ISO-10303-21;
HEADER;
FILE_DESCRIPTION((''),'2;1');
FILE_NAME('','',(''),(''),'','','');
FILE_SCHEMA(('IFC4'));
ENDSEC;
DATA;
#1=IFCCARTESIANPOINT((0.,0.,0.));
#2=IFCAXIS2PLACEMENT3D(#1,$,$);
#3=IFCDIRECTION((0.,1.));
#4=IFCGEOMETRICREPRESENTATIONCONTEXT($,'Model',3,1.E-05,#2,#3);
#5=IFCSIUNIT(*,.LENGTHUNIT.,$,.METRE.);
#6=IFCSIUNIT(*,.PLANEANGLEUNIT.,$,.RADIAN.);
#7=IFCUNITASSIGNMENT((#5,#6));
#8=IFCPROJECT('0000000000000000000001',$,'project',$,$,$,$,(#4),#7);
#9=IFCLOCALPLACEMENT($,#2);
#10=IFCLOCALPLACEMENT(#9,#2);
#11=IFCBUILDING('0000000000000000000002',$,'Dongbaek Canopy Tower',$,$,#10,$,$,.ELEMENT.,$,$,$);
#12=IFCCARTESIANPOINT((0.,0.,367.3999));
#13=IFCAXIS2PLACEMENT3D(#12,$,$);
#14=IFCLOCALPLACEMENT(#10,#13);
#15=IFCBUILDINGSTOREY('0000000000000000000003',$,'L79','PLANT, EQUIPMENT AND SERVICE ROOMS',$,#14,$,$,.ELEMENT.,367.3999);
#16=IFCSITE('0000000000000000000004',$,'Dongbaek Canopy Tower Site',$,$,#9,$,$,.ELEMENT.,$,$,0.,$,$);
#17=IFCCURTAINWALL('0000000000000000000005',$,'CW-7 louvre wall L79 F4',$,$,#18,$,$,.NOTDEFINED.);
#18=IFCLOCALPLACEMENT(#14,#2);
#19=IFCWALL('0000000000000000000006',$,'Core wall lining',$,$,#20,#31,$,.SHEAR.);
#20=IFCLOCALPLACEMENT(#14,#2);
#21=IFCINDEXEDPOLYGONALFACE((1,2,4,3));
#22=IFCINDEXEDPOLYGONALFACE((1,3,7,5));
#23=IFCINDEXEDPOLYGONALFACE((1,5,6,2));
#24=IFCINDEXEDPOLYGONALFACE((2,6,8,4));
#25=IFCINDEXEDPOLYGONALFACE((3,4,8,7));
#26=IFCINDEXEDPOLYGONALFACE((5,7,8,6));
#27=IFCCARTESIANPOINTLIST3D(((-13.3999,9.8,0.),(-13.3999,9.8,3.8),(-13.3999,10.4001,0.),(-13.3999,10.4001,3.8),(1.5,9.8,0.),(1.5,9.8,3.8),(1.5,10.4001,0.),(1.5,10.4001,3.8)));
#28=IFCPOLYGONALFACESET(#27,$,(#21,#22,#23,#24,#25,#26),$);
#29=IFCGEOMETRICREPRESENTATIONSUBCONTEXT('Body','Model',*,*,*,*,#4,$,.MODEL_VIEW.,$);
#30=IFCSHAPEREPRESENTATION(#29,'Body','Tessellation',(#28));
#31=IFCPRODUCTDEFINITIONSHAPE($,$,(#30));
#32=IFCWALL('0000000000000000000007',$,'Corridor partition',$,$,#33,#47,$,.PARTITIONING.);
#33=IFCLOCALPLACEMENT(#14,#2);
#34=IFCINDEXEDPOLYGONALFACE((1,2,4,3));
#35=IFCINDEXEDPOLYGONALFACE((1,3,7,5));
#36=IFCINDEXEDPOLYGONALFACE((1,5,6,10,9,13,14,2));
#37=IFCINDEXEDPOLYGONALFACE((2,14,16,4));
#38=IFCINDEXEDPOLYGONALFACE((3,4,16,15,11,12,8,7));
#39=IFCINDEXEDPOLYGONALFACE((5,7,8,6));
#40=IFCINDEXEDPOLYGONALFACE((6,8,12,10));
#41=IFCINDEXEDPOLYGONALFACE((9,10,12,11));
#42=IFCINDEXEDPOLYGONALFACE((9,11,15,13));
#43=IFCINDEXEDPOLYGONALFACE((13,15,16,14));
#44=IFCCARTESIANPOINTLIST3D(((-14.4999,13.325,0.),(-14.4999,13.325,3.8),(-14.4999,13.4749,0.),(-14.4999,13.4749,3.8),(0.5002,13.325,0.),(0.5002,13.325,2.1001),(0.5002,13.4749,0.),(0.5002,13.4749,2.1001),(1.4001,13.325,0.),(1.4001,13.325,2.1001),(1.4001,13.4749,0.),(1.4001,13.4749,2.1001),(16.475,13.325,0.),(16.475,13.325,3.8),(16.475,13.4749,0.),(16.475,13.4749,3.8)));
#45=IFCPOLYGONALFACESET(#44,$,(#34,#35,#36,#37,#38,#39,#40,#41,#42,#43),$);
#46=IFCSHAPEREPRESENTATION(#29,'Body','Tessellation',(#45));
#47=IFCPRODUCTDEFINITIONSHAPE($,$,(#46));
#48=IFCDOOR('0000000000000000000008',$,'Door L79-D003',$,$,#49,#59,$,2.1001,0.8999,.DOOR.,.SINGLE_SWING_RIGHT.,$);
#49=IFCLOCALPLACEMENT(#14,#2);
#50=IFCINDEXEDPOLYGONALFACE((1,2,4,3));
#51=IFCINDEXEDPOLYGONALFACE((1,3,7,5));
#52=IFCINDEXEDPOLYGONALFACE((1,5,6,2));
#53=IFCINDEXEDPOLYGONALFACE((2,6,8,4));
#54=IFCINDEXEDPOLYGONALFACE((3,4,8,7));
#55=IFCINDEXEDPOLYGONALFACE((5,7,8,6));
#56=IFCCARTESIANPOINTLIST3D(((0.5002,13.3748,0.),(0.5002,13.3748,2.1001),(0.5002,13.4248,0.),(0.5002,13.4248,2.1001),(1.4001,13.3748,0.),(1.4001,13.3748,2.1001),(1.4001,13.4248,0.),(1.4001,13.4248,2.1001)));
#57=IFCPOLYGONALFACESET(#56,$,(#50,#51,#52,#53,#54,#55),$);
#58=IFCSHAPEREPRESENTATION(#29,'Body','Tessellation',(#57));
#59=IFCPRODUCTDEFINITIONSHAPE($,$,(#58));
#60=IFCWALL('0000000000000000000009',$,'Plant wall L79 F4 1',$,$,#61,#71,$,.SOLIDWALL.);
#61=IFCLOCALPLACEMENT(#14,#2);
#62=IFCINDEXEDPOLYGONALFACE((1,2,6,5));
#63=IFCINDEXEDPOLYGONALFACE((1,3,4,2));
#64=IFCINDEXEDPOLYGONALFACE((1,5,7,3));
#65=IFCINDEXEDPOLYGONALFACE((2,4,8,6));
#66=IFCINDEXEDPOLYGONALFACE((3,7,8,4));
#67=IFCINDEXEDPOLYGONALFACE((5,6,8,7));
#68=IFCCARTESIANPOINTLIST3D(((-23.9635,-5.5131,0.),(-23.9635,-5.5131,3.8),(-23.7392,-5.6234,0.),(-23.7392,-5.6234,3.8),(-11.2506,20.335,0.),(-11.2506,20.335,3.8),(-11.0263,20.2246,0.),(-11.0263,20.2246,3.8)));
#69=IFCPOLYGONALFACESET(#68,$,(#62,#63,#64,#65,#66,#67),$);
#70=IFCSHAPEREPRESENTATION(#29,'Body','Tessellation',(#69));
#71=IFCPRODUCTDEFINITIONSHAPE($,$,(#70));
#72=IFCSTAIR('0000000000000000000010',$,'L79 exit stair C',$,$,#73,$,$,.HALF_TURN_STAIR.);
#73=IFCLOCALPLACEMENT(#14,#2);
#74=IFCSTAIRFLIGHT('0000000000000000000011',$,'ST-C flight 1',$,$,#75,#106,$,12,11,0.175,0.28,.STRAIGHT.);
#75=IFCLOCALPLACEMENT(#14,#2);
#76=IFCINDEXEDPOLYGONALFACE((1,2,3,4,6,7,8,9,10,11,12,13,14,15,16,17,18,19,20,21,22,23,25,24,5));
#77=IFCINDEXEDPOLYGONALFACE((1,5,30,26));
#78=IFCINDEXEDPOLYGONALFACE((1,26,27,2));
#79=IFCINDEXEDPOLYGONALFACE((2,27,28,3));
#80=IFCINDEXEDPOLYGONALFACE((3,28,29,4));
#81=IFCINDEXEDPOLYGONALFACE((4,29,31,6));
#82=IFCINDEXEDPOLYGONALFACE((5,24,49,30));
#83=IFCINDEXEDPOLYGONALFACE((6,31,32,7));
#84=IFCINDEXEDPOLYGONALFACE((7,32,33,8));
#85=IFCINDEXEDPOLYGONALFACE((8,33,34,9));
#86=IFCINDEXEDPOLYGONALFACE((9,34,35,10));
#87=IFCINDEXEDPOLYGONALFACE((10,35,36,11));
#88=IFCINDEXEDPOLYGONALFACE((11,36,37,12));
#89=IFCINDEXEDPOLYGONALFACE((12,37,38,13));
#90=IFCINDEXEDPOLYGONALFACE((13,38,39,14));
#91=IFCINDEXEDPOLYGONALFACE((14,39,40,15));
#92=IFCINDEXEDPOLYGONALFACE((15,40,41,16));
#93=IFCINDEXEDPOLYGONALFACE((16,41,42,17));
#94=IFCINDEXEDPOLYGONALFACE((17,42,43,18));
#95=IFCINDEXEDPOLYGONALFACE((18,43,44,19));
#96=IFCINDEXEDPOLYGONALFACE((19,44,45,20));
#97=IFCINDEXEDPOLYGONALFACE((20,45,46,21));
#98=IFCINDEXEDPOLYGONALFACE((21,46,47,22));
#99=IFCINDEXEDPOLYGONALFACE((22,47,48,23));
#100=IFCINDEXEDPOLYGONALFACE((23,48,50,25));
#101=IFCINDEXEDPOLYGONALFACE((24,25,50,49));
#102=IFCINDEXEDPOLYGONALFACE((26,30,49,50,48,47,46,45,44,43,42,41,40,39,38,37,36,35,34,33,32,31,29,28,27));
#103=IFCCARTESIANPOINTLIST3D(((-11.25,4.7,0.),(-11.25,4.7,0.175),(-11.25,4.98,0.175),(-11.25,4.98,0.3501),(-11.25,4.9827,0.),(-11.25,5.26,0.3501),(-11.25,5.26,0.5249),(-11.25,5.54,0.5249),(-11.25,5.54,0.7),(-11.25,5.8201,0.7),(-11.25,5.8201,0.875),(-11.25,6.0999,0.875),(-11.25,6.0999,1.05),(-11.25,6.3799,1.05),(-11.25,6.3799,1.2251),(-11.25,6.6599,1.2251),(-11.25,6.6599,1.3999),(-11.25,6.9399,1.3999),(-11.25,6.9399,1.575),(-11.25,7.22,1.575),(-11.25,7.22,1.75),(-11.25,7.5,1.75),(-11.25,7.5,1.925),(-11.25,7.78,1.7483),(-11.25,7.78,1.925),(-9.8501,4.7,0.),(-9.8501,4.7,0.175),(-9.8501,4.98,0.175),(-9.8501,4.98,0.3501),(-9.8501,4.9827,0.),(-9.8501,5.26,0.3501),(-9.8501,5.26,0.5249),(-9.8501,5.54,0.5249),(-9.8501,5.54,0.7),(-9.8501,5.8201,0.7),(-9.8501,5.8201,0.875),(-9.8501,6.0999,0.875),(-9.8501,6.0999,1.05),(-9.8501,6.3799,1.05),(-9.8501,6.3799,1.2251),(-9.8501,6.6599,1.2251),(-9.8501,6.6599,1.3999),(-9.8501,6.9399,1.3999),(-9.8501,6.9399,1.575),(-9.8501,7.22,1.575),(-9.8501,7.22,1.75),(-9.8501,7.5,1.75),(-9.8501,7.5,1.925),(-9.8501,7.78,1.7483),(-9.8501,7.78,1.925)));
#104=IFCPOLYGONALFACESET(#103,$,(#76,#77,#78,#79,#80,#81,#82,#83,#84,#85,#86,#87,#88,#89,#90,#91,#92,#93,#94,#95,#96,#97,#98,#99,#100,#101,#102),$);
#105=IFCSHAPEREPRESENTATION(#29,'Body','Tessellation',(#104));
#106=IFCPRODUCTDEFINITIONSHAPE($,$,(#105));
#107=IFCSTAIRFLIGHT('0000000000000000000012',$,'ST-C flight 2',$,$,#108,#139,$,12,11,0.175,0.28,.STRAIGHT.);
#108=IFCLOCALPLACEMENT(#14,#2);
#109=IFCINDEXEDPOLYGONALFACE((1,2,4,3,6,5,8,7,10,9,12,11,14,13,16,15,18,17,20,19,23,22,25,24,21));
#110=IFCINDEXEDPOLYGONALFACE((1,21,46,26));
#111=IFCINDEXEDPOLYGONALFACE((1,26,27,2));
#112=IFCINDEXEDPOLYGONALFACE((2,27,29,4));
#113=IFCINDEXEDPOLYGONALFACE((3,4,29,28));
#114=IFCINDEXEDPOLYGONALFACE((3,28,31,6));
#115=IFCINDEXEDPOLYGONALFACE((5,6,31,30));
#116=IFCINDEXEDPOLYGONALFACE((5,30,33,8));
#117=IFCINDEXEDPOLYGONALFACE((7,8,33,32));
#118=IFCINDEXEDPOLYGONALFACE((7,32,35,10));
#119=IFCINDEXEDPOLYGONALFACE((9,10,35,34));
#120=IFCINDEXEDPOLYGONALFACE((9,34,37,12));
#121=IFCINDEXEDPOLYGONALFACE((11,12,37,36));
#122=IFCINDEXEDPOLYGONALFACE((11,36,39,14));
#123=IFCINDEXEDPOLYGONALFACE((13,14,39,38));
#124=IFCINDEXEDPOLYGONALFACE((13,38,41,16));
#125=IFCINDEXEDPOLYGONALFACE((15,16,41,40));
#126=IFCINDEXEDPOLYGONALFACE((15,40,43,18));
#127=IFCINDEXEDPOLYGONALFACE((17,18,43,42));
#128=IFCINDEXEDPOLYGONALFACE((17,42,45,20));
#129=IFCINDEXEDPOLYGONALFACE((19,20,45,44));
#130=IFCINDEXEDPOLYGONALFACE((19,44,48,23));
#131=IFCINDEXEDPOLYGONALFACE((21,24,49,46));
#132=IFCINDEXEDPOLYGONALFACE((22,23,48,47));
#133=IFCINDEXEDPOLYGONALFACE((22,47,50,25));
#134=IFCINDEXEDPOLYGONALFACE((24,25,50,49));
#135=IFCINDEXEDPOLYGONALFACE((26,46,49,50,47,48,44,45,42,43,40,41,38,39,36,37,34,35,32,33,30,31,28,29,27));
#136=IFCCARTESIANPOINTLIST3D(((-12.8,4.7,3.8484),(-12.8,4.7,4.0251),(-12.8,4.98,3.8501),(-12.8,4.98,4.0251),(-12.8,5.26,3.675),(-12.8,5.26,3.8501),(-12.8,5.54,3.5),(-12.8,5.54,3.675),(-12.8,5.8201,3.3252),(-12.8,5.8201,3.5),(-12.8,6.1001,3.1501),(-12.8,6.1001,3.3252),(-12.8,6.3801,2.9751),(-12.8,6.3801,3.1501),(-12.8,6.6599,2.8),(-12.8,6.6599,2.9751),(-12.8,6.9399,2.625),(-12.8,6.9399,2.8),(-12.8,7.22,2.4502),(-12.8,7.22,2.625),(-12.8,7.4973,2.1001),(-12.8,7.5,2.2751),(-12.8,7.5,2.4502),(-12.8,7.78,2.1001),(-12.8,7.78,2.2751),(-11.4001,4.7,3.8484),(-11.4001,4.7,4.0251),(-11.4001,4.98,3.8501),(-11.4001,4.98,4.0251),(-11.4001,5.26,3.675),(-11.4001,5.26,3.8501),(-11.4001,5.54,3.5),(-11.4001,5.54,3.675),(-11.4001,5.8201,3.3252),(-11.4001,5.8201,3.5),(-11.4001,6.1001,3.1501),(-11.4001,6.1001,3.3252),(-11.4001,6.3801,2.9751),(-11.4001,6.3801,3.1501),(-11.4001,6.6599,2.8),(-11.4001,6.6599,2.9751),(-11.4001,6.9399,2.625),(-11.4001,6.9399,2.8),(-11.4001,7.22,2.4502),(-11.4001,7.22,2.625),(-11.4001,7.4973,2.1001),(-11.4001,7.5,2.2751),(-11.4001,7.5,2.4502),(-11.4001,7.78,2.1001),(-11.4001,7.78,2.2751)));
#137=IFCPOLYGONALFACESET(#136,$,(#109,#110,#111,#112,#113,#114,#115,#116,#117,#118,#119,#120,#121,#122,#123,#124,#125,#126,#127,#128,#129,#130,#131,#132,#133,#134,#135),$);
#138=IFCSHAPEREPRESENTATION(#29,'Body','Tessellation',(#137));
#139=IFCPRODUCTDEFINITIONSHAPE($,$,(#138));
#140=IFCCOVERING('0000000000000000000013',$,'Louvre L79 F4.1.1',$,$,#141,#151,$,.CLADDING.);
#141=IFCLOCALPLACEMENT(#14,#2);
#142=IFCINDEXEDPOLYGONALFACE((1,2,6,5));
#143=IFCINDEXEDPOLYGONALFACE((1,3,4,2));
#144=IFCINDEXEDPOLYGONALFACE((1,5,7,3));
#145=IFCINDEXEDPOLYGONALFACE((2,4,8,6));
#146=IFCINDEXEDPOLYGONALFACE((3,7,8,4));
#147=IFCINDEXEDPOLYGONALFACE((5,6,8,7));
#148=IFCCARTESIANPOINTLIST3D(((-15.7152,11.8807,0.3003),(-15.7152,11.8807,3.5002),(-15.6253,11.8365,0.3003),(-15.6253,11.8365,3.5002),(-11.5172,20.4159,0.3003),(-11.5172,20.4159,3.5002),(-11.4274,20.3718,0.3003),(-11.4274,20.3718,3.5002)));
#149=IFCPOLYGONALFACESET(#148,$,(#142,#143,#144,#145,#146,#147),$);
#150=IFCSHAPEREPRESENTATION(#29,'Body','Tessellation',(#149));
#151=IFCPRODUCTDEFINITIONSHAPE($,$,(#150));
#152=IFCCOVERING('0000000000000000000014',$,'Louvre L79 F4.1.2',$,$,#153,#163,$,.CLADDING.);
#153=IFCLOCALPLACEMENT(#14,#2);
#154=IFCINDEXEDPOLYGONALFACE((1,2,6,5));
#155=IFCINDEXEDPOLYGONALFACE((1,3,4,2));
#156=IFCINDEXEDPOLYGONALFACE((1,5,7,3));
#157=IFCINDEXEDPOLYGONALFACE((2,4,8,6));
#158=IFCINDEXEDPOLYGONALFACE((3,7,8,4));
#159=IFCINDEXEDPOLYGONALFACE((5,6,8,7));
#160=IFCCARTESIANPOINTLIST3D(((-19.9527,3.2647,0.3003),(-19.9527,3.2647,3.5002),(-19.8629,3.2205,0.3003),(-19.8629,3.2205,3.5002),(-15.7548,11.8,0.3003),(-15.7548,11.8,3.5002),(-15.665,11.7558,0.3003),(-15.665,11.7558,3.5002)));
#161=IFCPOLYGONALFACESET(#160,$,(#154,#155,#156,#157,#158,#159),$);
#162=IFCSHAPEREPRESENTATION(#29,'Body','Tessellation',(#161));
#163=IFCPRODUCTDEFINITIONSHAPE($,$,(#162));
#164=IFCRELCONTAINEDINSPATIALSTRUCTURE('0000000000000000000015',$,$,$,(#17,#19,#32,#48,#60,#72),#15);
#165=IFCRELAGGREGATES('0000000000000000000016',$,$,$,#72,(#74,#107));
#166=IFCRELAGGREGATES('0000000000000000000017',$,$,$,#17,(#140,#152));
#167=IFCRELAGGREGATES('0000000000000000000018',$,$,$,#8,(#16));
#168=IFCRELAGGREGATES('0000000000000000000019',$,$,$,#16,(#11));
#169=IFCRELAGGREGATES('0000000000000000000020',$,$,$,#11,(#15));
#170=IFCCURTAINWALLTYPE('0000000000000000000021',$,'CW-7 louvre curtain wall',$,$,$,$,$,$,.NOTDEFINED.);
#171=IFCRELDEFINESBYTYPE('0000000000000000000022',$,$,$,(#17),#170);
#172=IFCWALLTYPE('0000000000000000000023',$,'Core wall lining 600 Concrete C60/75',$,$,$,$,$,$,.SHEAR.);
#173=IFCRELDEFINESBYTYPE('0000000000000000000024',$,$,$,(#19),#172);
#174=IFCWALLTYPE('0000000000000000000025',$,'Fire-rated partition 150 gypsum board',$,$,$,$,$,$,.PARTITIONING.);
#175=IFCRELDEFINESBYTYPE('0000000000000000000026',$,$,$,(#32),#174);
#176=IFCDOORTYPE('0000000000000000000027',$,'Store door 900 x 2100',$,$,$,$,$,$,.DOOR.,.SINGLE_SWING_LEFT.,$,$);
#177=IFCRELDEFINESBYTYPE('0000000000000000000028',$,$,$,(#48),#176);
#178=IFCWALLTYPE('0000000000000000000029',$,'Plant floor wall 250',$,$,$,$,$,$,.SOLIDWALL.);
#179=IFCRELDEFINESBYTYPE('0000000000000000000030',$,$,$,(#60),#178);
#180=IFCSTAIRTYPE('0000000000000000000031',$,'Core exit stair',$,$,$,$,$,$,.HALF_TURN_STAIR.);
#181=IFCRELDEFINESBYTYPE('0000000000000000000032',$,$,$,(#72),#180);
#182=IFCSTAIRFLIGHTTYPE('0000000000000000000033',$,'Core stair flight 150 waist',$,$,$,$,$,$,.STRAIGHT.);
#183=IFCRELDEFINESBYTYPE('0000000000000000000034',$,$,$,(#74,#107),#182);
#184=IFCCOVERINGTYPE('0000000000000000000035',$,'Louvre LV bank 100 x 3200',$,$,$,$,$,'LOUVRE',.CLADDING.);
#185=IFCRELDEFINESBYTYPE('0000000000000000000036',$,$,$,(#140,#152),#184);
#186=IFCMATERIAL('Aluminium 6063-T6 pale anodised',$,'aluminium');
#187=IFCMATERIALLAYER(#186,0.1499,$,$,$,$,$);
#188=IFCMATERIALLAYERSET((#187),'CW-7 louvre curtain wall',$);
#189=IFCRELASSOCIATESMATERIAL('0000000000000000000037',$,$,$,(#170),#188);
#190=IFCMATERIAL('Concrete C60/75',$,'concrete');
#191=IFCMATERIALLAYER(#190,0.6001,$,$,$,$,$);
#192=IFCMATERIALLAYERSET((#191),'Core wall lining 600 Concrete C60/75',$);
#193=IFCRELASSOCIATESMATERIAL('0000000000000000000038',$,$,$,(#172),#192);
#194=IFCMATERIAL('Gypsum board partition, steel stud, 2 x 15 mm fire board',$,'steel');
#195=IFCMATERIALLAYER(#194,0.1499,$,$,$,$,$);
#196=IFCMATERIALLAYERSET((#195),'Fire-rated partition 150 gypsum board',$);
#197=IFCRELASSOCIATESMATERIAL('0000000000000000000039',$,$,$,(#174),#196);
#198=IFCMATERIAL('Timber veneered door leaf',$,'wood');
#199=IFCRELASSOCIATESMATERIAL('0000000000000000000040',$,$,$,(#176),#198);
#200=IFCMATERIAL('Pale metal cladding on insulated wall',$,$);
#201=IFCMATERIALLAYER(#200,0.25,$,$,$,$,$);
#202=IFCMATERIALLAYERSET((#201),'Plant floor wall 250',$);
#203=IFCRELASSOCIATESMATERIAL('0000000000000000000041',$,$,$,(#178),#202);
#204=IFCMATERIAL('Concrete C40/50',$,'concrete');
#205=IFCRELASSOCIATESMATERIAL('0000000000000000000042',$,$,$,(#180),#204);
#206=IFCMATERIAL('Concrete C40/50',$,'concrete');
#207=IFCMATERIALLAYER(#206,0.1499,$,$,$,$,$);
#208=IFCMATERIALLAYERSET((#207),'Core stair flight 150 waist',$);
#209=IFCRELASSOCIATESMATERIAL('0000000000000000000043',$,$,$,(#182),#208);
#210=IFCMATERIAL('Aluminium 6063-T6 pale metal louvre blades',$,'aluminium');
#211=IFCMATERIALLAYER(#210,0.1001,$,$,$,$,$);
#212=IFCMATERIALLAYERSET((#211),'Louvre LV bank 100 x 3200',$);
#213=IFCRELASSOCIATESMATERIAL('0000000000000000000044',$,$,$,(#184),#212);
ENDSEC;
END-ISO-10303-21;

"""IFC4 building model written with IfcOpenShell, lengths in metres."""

from ifc_helpers import new_model, si_unit, direction, frame, frame_2d, origin, origin_2d, place, context, subcontext, project, spatial, polyline, rectangle, outline, extrude, material, layer, layer_set, type_object, element, fill, aggregate, save


model = new_model("IFC4")

# Units and contexts
model_context = context("Model", 3, precision=1e-05, world=origin(), true_north=direction((0.0, 1.0)))
body_context = subcontext(model_context, "Body", "Model", "MODEL_VIEW")
ifc_project = project(units=[si_unit("LENGTHUNIT", "METRE"), si_unit("PLANEANGLEUNIT", "RADIAN")], contexts=[model_context])

# Site, building, storey
site_placement = place(None, origin())
site = spatial("IfcSite", under=ifc_project, at=site_placement, Name="Dongbaek Canopy Tower Site", CompositionType="ELEMENT", RefElevation=0.0)
building_placement = place(site_placement, origin())
building = spatial("IfcBuilding", under=site, at=building_placement, Name="Dongbaek Canopy Tower", CompositionType="ELEMENT")
storey_placement = place(building_placement, frame((0.0, 0.0, 367.3999)))
storey = spatial("IfcBuildingStorey", under=building, at=storey_placement, Name="L79", Description="PLANT, EQUIPMENT AND SERVICE ROOMS", CompositionType="ELEMENT", Elevation=367.3999)

# Shared definitions
ifc_material_1 = material(Name="Aluminium 6063-T6 pale anodised", Category="aluminium")
ifc_layer_1 = layer(ifc_material_1, 0.1499)
ifc_layer_set_1 = layer_set([ifc_layer_1], Name="CW-7 louvre curtain wall")
curtain_wall_type = type_object("IfcCurtainWallType", Name="CW-7 louvre curtain wall", PredefinedType="NOTDEFINED", material=ifc_layer_set_1)

# Curtain wall
curtain_wall_1_placement = place(storey_placement, origin())
curtain_wall_1 = element("IfcCurtainWall", 1, at=curtain_wall_1_placement, inside=storey, type_object=curtain_wall_type, Name="CW-7 louvre wall L79 F4", PredefinedType="NOTDEFINED")

# Wall
ifc_material_2 = material(Name="Concrete C60/75", Category="concrete")
ifc_layer_2 = layer(ifc_material_2, 0.6001)
ifc_layer_set_2 = layer_set([ifc_layer_2], Name="Core wall lining 600 Concrete C60/75")
wall_type_1 = type_object("IfcWallType", Name="Core wall lining 600 Concrete C60/75", PredefinedType="SHEAR", material=ifc_layer_set_2)
wall_1_placement = place(storey_placement, frame((-13.3999, 10.1001, 0.0), z_axis=(0.0, 0.0, 1.0), x_axis=(1.0, 0.0, 0.0)))
element("IfcWall", 2, at=wall_1_placement, inside=storey, type_object=wall_type_1, Name="Core wall lining", PredefinedType="SHEAR", context=body_context, shape_type="SweptSolid", body=[
    extrude(rectangle(XDim=14.8999, YDim=0.6001, at=frame_2d((7.45, 0.0))), origin(), (0.0, 0.0, 1.0), 3.8),
])

# Wall, opening, door
ifc_material_3 = material(Name="Gypsum board partition, steel stud, 2 x 15 mm fire board", Category="steel")
ifc_layer_3 = layer(ifc_material_3, 0.1499)
ifc_layer_set_3 = layer_set([ifc_layer_3], Name="Fire-rated partition 150 gypsum board")
wall_type_2 = type_object("IfcWallType", Name="Fire-rated partition 150 gypsum board", PredefinedType="PARTITIONING", material=ifc_layer_set_3)
wall_2_placement = place(storey_placement, frame((-14.4998, 13.3999, 0.0), z_axis=(0.0, 0.0, 1.0), x_axis=(1.0, 0.0, 0.0)))
wall_2 = element("IfcWall", 3, at=wall_2_placement, inside=storey, type_object=wall_type_2, Name="Corridor partition", PredefinedType="PARTITIONING", context=body_context, shape_type="SweptSolid", body=[
    extrude(rectangle(XDim=30.9749, YDim=0.1499, at=frame_2d((15.4873, 0.0))), origin(), (0.0, 0.0, 1.0), 3.8),
])
opening_1_placement = place(wall_2_placement, frame((15.0, 0.0, 0.0)))
opening_1 = element("IfcOpeningElement", 4, at=opening_1_placement, cuts=wall_2, PredefinedType="OPENING", context=body_context, shape_type="SweptSolid", body=[
    extrude(rectangle(XDim=0.8999, YDim=2.1001, at=frame_2d((0.45, 1.05))), frame((0.0, 0.085, 0.0), z_axis=(0.0, -1.0, 0.0), x_axis=(1.0, 0.0, 0.0)), (0.0, 0.0, 1.0), 0.1699),
])
ifc_material_4 = material(Name="Timber veneered door leaf", Category="wood")
door_type_1 = type_object("IfcDoorType", Name="Store door 900 x 2100", OperationType="SINGLE_SWING_LEFT", PredefinedType="DOOR", material=ifc_material_4)
door_1_placement = place(opening_1_placement, origin())
door_1 = element("IfcDoor", 5, at=door_1_placement, inside=storey, type_object=door_type_1, Name="Door L79-D003", OperationType="SINGLE_SWING_RIGHT", OverallHeight=2.1001, OverallWidth=0.8999, PredefinedType="DOOR", context=body_context, shape_type="SweptSolid", body=[
    extrude(rectangle(XDim=0.8999, YDim=2.1001, at=frame_2d((0.45, 1.05))), frame((0.0, 0.0249, 0.0), z_axis=(0.0, -1.0, 0.0), x_axis=(1.0, 0.0, 0.0)), (0.0, 0.0, 1.0), 0.05),
])
fill(opening_1, door_1)

# Wall
ifc_material_5 = material(Name="Pale metal cladding on insulated wall")
ifc_layer_4 = layer(ifc_material_5, 0.25)
ifc_layer_set_4 = layer_set([ifc_layer_4], Name="Plant floor wall 250")
wall_type_3 = type_object("IfcWallType", Name="Plant floor wall 250", PredefinedType="SOLIDWALL", material=ifc_layer_set_4)
wall_3_placement = place(storey_placement, frame((-11.1384, 20.2798, 0.0), z_axis=(0.0, 0.0, 1.0), x_axis=(-0.441342, -0.897339, 0.0)))
element("IfcWall", 6, at=wall_3_placement, inside=storey, type_object=wall_type_3, Name="Plant wall L79 F4 1", PredefinedType="SOLIDWALL", context=body_context, shape_type="SweptSolid", body=[
    extrude(rectangle(XDim=28.8052, YDim=0.25, at=frame_2d((14.4026, 0.0))), origin(), (0.0, 0.0, 1.0), 3.8),
])

# Stair, stair flights
ifc_material_6 = material(Name="Concrete C40/50", Category="concrete")
stair_type = type_object("IfcStairType", Name="Core exit stair", PredefinedType="HALF_TURN_STAIR", material=ifc_material_6)
stair_placement = place(storey_placement, origin())
stair = element("IfcStair", 7, at=stair_placement, inside=storey, type_object=stair_type, Name="L79 exit stair C", PredefinedType="HALF_TURN_STAIR")
ifc_material_7 = material(Name="Concrete C40/50", Category="concrete")
ifc_layer_5 = layer(ifc_material_7, 0.1499)
ifc_layer_set_5 = layer_set([ifc_layer_5], Name="Core stair flight 150 waist")
stair_flight_type = type_object("IfcStairFlightType", Name="Core stair flight 150 waist", PredefinedType="STRAIGHT", material=ifc_layer_set_5)
stair_flight_1_placement = place(storey_placement, frame((-10.55, 4.7, 0.0), z_axis=(0.0, 0.0, 1.0), x_axis=(0.0, 1.0, 0.0)))
stair_flight_1 = element("IfcStairFlight", 8, at=stair_flight_1_placement, type_object=stair_flight_type, Name="ST-C flight 1", NumberOfRisers=12, NumberOfTreads=11, PredefinedType="STRAIGHT", RiserHeight=0.175, TreadLength=0.28, context=body_context, shape_type="SweptSolid", body=[
    extrude(outline(polyline([(0.0, 0.0), (0.0, 0.175), (0.28, 0.175), (0.28, 0.3501), (0.5601, 0.3501), (0.5601, 0.5249), (0.8401, 0.5249), (0.8401, 0.7), (1.1201, 0.7), (1.1201, 0.875), (1.3999, 0.875), (1.3999, 1.05), (1.6799, 1.05), (1.6799, 1.2251), (1.96, 1.2251), (1.96, 1.3999), (2.24, 1.3999), (2.24, 1.575), (2.52, 1.575), (2.52, 1.75), (2.8, 1.75), (2.8, 1.925), (3.0801, 1.925), (3.0801, 2.1001), (3.0801, 1.7483), (0.2827, 0.0), (0.0, 0.0)])), frame((0.0, 0.7, 0.0), z_axis=(0.0, -1.0, 0.0), x_axis=(1.0, 0.0, 0.0)), (0.0, 0.0, 1.0), 1.3999),
])
stair_flight_2_placement = place(storey_placement, frame((-12.1001, 7.78, 2.1001), z_axis=(0.0, 0.0, 1.0), x_axis=(0.0, -1.0, 0.0)))
stair_flight_2 = element("IfcStairFlight", 9, at=stair_flight_2_placement, type_object=stair_flight_type, Name="ST-C flight 2", NumberOfRisers=12, NumberOfTreads=11, PredefinedType="STRAIGHT", RiserHeight=0.175, TreadLength=0.28, context=body_context, shape_type="SweptSolid", body=[
    extrude(outline(polyline([(0.0, 0.0), (0.0, 0.175), (0.28, 0.175), (0.28, 0.3501), (0.5601, 0.3501), (0.5601, 0.5249), (0.8401, 0.5249), (0.8401, 0.7), (1.1201, 0.7), (1.1201, 0.875), (1.3999, 0.875), (1.3999, 1.05), (1.6799, 1.05), (1.6799, 1.2251), (1.96, 1.2251), (1.96, 1.3999), (2.24, 1.3999), (2.24, 1.575), (2.52, 1.575), (2.52, 1.75), (2.8, 1.75), (2.8, 1.925), (3.0801, 1.925), (3.0801, 2.1001), (3.0801, 1.7483), (0.2827, 0.0), (0.0, 0.0)])), frame((0.0, 0.7, 0.0), z_axis=(0.0, -1.0, 0.0), x_axis=(1.0, 0.0, 0.0)), (0.0, 0.0, 1.0), 1.3999),
])
aggregate(stair, [stair_flight_1, stair_flight_2])

# Coverings
ifc_material_8 = material(Name="Aluminium 6063-T6 pale metal louvre blades", Category="aluminium")
ifc_layer_6 = layer(ifc_material_8, 0.1001)
ifc_layer_set_6 = layer_set([ifc_layer_6], Name="Louvre LV bank 100 x 3200")
covering_type = type_object("IfcCoveringType", Name="Louvre LV bank 100 x 3200", ElementType="LOUVRE", PredefinedType="CLADDING", material=ifc_layer_set_6)
covering_1_placement = place(storey_placement, frame((-13.5713, 16.1262, 0.3003), z_axis=(0.0, 0.0, 1.0), x_axis=(-0.441342, -0.897339, 0.0)))
covering_1 = element("IfcCovering", 10, at=covering_1_placement, type_object=covering_type, Name="Louvre L79 F4.1.1", PredefinedType="CLADDING", context=body_context, shape_type="SweptSolid", body=[
    extrude(rectangle(XDim=9.5117, YDim=0.1001, at=origin_2d()), origin(), (0.0, 0.0, 1.0), 3.2),
])
covering_2_placement = place(storey_placement, frame((-17.8088, 7.5103, 0.3003), z_axis=(0.0, 0.0, 1.0), x_axis=(-0.441342, -0.897339, 0.0)))
covering_2 = element("IfcCovering", 11, at=covering_2_placement, type_object=covering_type, Name="Louvre L79 F4.1.2", PredefinedType="CLADDING", context=body_context, shape_type="SweptSolid", body=[
    extrude(rectangle(XDim=9.5117, YDim=0.1001, at=origin_2d()), origin(), (0.0, 0.0, 1.0), 3.2),
])

aggregate(curtain_wall_1, [covering_1, covering_2])

save(model, "model.ifc")
